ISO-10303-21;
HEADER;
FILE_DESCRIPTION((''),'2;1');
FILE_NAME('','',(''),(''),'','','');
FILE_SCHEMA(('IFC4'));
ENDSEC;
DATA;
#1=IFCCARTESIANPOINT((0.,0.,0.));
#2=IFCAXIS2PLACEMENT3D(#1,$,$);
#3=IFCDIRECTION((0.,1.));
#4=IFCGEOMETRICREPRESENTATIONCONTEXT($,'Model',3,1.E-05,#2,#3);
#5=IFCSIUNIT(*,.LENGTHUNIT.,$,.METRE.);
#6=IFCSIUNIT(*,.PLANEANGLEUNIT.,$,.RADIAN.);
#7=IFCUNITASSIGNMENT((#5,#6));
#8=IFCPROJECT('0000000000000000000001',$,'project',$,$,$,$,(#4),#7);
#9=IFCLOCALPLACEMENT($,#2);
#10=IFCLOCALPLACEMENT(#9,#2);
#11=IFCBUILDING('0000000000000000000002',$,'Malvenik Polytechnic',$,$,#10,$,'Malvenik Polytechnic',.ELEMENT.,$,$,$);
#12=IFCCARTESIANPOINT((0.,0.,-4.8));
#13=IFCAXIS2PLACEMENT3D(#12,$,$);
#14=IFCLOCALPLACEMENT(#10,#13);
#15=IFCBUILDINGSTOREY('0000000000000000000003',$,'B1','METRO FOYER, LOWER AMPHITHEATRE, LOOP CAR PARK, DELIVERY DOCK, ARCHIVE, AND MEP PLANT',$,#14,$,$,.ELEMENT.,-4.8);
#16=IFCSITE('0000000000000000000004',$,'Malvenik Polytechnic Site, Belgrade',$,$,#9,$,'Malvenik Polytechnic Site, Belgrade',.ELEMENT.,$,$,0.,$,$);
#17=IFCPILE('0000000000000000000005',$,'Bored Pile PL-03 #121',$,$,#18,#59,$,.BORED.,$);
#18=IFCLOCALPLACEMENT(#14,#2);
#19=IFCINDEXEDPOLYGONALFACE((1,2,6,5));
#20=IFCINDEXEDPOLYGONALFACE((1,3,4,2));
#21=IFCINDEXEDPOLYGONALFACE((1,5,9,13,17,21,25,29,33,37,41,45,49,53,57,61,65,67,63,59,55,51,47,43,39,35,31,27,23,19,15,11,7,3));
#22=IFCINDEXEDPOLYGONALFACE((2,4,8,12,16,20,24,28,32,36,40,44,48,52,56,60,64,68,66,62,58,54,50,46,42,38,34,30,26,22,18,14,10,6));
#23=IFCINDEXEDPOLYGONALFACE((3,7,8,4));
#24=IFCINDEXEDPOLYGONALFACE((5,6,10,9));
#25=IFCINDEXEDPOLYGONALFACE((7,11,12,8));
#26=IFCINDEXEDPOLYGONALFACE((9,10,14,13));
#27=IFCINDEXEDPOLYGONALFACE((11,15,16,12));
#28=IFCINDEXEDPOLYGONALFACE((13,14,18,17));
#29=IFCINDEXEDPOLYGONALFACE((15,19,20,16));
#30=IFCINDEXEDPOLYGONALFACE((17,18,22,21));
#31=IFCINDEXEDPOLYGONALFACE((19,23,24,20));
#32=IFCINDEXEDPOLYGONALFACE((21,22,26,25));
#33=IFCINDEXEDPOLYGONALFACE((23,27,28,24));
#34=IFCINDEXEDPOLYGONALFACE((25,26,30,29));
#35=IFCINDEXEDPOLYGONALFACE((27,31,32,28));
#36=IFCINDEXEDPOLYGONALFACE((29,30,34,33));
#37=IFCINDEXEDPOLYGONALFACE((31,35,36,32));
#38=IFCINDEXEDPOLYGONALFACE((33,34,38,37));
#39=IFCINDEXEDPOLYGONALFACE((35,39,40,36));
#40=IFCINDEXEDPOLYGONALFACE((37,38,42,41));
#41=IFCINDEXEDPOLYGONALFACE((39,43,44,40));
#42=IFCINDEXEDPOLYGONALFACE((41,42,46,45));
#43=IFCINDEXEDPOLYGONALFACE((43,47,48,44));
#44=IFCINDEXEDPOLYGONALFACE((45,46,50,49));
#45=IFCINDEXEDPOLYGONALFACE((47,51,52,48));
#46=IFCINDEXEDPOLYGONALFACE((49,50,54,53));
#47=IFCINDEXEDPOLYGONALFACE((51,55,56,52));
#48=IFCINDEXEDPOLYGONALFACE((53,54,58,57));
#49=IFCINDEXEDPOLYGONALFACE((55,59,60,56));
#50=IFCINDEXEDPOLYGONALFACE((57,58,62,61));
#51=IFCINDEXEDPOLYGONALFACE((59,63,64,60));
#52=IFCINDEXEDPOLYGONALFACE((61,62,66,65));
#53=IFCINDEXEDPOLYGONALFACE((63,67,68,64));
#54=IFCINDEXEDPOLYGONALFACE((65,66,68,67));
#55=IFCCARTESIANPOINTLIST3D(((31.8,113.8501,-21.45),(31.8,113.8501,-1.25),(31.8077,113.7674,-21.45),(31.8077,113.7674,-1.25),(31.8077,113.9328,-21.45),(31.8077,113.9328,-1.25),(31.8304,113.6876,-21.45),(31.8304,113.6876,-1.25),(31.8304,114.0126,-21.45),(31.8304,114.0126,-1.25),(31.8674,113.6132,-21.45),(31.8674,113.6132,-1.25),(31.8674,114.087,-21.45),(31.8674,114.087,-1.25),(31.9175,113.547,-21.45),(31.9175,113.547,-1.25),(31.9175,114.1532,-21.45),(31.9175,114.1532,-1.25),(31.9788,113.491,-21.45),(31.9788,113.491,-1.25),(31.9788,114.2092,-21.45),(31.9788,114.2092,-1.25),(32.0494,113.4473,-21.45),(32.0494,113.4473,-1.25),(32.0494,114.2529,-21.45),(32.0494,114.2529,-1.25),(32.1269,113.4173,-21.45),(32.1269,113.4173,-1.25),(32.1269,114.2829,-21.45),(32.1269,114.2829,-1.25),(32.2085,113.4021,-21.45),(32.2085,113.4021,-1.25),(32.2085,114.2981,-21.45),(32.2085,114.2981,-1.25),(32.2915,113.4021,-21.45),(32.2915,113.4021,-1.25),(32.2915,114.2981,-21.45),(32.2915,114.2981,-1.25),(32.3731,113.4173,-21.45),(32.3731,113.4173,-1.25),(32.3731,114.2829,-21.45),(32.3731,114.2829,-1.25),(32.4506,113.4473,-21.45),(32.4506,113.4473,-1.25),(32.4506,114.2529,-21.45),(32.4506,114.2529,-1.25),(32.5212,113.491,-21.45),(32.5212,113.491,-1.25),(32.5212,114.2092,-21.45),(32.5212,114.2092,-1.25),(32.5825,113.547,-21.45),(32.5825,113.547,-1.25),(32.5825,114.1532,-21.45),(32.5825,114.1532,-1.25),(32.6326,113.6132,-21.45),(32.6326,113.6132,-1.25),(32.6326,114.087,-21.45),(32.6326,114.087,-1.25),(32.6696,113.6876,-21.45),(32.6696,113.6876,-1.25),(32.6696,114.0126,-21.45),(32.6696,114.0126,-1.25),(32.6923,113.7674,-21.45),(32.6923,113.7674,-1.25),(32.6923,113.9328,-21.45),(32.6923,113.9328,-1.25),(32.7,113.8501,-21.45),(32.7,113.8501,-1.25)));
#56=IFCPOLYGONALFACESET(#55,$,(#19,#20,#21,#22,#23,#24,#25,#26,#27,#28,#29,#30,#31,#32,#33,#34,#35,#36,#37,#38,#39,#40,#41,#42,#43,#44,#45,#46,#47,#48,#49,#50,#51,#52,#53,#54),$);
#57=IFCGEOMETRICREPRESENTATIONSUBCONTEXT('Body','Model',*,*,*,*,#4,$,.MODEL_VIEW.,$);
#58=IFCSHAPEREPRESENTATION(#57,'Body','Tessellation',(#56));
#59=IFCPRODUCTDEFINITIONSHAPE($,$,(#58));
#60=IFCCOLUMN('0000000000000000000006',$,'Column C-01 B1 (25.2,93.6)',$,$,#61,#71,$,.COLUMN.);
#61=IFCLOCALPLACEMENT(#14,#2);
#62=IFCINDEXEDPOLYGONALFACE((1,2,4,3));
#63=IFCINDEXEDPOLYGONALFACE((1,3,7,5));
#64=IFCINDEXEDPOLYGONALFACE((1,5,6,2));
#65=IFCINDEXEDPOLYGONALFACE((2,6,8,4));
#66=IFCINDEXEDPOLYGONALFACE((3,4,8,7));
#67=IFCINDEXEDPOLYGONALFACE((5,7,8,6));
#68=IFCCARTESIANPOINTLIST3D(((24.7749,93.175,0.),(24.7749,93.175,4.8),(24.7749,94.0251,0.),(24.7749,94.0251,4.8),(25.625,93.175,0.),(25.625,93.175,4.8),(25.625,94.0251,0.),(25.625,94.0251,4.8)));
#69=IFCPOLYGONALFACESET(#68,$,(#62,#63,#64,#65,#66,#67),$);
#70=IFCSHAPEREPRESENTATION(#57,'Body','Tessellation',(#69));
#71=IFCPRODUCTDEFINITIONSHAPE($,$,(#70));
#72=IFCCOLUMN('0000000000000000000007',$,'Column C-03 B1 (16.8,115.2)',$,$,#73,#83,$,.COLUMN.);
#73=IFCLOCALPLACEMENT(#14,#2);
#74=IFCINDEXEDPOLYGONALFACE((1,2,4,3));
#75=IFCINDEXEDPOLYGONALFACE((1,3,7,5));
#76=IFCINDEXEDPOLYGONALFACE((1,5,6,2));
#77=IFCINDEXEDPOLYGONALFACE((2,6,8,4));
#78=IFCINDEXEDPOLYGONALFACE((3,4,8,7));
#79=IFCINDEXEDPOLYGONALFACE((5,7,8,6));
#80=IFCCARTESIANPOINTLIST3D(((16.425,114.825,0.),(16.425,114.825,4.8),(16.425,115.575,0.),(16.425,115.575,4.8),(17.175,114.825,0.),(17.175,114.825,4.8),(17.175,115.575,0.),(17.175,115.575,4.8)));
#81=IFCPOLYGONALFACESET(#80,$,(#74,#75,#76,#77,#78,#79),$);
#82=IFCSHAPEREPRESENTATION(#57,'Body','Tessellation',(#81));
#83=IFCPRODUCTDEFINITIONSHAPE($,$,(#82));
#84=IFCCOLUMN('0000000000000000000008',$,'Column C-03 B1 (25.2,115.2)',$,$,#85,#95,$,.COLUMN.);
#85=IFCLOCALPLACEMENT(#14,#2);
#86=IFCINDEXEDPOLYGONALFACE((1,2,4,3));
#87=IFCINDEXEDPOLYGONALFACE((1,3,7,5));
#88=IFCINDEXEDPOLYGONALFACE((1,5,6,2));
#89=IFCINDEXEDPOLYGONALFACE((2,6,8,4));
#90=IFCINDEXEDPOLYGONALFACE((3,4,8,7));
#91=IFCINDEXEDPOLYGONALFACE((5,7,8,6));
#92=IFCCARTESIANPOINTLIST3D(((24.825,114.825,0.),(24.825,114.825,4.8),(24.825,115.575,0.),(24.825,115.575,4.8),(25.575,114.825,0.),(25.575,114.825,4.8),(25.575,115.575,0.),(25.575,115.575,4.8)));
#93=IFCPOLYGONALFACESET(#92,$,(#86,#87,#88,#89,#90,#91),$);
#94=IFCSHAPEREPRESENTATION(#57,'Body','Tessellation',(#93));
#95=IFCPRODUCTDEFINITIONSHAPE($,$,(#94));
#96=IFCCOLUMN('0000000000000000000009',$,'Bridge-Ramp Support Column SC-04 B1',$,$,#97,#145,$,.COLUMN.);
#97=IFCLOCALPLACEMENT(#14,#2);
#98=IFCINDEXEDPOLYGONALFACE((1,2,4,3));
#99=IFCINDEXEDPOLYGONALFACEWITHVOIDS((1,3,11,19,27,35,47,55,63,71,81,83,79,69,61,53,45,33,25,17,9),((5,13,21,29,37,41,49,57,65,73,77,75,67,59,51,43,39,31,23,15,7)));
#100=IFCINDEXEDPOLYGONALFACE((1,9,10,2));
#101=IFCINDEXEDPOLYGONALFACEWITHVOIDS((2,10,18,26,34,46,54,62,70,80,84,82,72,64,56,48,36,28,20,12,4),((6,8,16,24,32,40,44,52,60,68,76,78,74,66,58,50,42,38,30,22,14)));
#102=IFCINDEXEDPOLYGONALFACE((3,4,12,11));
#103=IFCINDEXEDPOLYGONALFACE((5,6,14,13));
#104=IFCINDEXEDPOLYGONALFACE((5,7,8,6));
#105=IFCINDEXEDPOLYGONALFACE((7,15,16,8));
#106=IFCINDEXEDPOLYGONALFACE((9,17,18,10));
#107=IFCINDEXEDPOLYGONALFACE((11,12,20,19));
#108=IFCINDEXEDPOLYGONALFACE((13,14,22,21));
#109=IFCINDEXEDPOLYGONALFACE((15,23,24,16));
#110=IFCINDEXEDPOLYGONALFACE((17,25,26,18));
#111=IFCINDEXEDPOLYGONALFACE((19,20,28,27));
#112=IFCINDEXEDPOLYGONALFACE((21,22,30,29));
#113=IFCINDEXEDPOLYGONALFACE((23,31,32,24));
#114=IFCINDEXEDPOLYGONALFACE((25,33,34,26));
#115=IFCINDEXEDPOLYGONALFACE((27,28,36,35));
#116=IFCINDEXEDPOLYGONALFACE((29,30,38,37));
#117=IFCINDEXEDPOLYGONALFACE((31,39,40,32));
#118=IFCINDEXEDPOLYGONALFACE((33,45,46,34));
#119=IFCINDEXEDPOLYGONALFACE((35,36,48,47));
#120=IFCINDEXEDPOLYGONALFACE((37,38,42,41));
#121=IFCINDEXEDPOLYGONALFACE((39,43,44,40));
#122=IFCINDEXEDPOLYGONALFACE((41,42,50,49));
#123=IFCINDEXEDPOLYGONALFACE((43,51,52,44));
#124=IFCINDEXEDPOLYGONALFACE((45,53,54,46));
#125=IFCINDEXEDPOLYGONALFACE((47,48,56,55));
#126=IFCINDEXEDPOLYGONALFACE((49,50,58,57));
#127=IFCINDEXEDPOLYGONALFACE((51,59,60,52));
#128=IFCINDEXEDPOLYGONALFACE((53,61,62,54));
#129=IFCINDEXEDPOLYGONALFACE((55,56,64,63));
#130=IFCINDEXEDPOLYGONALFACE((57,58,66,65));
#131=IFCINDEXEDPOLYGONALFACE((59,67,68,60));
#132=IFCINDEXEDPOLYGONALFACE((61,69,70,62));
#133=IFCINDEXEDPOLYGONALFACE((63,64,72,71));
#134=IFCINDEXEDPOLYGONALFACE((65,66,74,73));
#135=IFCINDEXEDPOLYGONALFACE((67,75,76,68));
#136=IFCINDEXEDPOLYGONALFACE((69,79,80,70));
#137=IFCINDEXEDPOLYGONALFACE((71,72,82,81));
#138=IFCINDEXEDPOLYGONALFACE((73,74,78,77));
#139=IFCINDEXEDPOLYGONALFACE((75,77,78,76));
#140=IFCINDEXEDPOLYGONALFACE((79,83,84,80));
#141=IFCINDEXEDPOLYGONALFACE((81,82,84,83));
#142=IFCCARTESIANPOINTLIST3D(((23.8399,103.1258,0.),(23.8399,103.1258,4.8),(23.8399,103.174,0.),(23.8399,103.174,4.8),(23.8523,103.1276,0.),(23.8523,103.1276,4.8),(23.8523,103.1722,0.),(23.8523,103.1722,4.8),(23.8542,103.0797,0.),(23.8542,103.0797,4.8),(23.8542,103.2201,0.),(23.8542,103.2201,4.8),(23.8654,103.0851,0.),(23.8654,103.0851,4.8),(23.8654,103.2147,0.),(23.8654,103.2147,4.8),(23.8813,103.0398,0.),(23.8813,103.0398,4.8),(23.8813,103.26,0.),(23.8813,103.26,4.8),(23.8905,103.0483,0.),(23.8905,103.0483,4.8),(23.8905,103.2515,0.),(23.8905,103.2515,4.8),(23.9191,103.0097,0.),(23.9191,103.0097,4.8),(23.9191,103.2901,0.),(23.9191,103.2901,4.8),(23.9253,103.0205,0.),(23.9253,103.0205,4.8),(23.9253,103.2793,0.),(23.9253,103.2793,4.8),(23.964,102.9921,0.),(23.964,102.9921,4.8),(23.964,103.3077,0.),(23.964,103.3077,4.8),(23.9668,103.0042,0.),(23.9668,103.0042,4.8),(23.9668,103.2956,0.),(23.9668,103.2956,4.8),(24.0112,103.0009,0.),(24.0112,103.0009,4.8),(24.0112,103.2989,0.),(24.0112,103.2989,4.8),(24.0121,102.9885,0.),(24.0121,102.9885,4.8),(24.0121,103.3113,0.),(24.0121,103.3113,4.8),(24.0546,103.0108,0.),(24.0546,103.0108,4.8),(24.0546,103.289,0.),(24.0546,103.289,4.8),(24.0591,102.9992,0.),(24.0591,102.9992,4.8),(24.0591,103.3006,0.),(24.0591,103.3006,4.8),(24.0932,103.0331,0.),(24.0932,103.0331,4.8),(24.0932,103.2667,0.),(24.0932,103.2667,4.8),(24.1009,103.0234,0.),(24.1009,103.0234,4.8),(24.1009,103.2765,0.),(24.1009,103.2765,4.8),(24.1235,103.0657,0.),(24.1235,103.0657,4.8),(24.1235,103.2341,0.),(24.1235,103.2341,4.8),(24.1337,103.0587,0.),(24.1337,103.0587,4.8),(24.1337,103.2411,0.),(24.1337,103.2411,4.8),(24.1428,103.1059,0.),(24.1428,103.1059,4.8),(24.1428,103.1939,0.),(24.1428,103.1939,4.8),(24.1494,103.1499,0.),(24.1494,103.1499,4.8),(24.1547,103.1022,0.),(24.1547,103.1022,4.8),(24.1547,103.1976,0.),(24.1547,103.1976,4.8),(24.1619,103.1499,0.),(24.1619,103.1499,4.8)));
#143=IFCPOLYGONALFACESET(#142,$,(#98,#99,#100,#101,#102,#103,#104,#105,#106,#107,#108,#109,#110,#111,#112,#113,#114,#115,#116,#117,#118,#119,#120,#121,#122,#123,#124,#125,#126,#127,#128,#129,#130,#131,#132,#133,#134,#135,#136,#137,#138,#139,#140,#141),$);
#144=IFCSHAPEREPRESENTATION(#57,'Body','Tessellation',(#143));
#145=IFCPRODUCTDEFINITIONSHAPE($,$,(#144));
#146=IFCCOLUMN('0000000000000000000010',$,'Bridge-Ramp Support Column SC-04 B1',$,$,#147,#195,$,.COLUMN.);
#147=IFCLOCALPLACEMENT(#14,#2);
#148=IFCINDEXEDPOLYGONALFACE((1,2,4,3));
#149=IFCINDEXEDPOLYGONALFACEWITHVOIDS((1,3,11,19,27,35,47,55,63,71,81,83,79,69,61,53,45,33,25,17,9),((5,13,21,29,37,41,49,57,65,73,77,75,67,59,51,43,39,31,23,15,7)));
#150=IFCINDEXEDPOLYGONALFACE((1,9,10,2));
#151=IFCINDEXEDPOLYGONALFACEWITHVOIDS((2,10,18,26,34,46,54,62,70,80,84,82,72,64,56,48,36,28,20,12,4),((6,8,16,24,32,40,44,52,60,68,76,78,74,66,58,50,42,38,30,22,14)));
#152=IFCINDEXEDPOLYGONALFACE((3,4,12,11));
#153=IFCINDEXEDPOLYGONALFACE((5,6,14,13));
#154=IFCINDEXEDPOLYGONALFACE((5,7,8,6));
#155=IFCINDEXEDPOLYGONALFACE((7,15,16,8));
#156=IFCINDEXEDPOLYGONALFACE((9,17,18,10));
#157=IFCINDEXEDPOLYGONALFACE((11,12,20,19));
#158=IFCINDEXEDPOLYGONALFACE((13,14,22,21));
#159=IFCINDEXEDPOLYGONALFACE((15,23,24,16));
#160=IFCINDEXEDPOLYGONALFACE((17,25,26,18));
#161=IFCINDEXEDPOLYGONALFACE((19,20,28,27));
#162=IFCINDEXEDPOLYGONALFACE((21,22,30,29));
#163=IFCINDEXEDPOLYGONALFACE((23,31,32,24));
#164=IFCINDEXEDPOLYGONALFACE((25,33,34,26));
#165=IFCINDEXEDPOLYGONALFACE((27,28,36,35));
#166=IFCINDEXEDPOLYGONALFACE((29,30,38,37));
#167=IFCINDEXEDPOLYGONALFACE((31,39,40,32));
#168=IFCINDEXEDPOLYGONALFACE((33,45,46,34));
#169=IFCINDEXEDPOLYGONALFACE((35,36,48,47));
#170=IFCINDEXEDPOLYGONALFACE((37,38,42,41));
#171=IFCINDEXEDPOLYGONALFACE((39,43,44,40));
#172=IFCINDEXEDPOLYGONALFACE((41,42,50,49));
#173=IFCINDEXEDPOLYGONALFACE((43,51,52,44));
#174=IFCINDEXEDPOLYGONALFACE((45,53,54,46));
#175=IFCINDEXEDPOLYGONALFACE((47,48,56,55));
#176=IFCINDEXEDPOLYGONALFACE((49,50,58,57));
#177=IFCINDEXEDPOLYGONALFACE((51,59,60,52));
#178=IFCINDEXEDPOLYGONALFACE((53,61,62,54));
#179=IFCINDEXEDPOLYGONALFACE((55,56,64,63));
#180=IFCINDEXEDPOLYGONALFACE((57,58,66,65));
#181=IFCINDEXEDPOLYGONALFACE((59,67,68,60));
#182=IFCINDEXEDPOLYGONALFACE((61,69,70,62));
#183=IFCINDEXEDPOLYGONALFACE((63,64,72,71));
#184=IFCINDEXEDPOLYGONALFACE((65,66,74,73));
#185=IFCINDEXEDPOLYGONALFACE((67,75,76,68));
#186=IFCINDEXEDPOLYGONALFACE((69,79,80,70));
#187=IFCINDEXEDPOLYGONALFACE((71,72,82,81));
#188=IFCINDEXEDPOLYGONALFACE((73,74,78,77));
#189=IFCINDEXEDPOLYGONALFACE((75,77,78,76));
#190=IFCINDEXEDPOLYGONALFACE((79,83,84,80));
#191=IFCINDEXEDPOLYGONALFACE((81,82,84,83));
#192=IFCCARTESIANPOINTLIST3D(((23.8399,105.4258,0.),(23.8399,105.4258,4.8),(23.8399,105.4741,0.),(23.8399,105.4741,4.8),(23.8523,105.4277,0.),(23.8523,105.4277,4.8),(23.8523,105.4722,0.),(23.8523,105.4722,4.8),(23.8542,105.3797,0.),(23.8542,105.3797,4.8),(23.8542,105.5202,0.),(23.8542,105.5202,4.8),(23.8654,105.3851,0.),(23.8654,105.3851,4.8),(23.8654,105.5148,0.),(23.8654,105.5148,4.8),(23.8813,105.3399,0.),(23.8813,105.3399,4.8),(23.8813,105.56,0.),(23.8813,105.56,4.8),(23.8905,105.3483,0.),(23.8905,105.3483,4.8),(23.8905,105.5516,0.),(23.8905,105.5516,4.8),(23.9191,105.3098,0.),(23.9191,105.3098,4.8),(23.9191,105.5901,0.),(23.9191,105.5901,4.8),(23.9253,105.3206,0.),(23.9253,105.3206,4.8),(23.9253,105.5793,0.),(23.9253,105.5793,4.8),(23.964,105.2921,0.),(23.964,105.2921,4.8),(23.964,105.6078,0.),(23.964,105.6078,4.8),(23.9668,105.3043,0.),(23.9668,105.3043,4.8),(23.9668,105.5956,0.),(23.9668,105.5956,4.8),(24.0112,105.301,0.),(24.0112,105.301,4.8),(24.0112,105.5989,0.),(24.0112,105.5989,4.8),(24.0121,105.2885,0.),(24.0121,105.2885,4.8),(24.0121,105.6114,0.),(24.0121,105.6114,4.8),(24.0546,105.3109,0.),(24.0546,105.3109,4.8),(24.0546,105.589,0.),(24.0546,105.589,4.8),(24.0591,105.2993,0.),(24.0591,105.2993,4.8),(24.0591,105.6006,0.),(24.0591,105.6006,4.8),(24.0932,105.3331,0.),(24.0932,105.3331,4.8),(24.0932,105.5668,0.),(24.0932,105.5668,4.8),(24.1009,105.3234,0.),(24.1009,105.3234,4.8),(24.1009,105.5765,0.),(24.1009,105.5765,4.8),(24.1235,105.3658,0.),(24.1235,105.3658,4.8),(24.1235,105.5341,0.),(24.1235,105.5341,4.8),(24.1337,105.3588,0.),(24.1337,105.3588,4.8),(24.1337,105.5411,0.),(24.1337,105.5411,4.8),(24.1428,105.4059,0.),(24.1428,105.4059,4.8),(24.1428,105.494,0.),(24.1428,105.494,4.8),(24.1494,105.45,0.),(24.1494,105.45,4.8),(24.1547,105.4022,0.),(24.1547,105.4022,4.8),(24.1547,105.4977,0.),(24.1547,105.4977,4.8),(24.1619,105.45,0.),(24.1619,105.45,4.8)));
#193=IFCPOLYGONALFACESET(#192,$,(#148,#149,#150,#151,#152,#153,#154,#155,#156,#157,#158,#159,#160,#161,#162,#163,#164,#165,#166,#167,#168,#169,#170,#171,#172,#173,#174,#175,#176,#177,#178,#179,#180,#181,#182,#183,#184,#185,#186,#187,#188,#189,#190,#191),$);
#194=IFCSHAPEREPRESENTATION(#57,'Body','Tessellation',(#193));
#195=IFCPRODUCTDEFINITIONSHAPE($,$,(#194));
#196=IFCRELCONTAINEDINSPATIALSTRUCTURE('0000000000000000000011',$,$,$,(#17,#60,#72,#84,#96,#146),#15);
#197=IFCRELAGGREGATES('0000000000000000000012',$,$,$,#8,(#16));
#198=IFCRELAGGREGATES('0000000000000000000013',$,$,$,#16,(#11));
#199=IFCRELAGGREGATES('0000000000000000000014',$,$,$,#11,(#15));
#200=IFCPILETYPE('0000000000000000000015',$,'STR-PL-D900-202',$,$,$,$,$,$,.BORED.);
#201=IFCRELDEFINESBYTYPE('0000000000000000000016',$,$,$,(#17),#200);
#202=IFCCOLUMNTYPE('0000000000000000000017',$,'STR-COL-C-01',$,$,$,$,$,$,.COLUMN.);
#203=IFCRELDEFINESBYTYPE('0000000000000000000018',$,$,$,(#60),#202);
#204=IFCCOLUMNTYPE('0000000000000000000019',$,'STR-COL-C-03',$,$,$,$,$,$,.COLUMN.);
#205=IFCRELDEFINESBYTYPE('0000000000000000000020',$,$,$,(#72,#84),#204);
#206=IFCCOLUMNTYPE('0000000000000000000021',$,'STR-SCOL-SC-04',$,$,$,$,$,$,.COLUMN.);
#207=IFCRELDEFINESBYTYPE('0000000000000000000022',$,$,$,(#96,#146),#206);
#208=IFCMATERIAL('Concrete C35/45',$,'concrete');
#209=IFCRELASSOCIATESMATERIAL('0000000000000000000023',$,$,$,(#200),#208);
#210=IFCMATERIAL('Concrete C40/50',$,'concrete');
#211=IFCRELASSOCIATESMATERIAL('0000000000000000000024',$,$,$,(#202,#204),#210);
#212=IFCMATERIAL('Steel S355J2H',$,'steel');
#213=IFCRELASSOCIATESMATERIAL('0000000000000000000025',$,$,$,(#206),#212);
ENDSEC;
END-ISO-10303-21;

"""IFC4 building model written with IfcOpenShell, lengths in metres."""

from ifc_helpers import new_model, si_unit, direction, frame, origin, origin_2d, place, context, subcontext, project, spatial, rectangle, circle, hollow_circle, extrude, material, material_profile, profile_set, type_object, element, save


model = new_model("IFC4")

# Units and contexts
model_context = context("Model", 3, precision=1e-05, world=origin(), true_north=direction((0.0, 1.0)))
body_context = subcontext(model_context, "Body", "Model", "MODEL_VIEW")
ifc_project = project(units=[si_unit("LENGTHUNIT", "METRE"), si_unit("PLANEANGLEUNIT", "RADIAN")], contexts=[model_context])

# Site, building, storey
site_placement = place(None, origin())
site = spatial("IfcSite", under=ifc_project, at=site_placement, Name="Malvenik Polytechnic Site, Belgrade", LongName="Malvenik Polytechnic Site, Belgrade", CompositionType="ELEMENT", RefElevation=0.0)
building_placement = place(site_placement, origin())
building = spatial("IfcBuilding", under=site, at=building_placement, Name="Malvenik Polytechnic", LongName="Malvenik Polytechnic", CompositionType="ELEMENT")
storey_placement = place(building_placement, frame((0.0, 0.0, -4.8)))
storey = spatial("IfcBuildingStorey", under=building, at=storey_placement, Name="B1", Description="METRO FOYER, LOWER AMPHITHEATRE, LOOP CAR PARK, DELIVERY DOCK, ARCHIVE, AND MEP PLANT", CompositionType="ELEMENT", Elevation=-4.8)

# Shared definitions
ifc_material_1 = material(Name="Concrete C35/45", Category="concrete")

# Pile
ifc_material_profile_1 = material_profile(ifc_material_1, circle(Radius=0.45, at=origin_2d()), Name="BORED PILE D900")
ifc_profile_set_1 = profile_set([ifc_material_profile_1], Name="Concrete C35/45")
pile_type = type_object("IfcPileType", Name="STR-PL-D900-202", PredefinedType="BORED", material=ifc_profile_set_1)
for number, where, z_axis, x_axis, name in (
    (1, (32.25, 113.8501, -1.25), (0.0, 0.0, -1.0), (1.0, 0.0, 0.0), "Bored Pile PL-03 #121"),
):
    element("IfcPile", number, at=place(storey_placement, frame(where, z_axis=z_axis, x_axis=x_axis)), inside=storey, type_object=pile_type, Name=name, PredefinedType="BORED", context=body_context, shape_type="SweptSolid", body=[
        extrude(circle(Radius=0.45, at=origin_2d()), origin(), (0.0, 0.0, 1.0), 20.2),
    ])

# Columns
ifc_material_2 = material(Name="Concrete C40/50", Category="concrete")
ifc_material_profile_2 = material_profile(ifc_material_2, rectangle(XDim=0.8501, YDim=0.8501, at=origin_2d()), Name="RC COL 850x850")
ifc_profile_set_2 = profile_set([ifc_material_profile_2], Name="Concrete C40/50")
column_type_1 = type_object("IfcColumnType", Name="STR-COL-C-01", PredefinedType="COLUMN", material=ifc_profile_set_2)
column_placement = place(storey_placement, frame((25.2, 93.6001, 0.0), z_axis=(0.0, 0.0, 1.0), x_axis=(1.0, 0.0, 0.0)))
element("IfcColumn", 2, at=column_placement, inside=storey, type_object=column_type_1, Name="Column C-01 B1 (25.2,93.6)", PredefinedType="COLUMN", context=body_context, shape_type="SweptSolid", body=[
    extrude(rectangle(XDim=0.8501, YDim=0.8501, at=origin_2d()), origin(), (0.0, 0.0, 1.0), 4.8),
])
ifc_material_profile_3 = material_profile(ifc_material_2, rectangle(XDim=0.75, YDim=0.75, at=origin_2d()), Name="RC COL 750x750")
ifc_profile_set_3 = profile_set([ifc_material_profile_3], Name="Concrete C40/50")
column_type_2 = type_object("IfcColumnType", Name="STR-COL-C-03", PredefinedType="COLUMN", material=ifc_profile_set_3)
for number, where, z_axis, x_axis, name in (
    (3, (16.8, 115.2, 0.0), (0.0, 0.0, 1.0), (1.0, 0.0, 0.0), "Column C-03 B1 (16.8,115.2)"),
    (4, (25.2, 115.2, 0.0), (0.0, 0.0, 1.0), (1.0, 0.0, 0.0), "Column C-03 B1 (25.2,115.2)"),
):
    element("IfcColumn", number, at=place(storey_placement, frame(where, z_axis=z_axis, x_axis=x_axis)), inside=storey, type_object=column_type_2, Name=name, PredefinedType="COLUMN", context=body_context, shape_type="SweptSolid", body=[
        extrude(rectangle(XDim=0.75, YDim=0.75, at=origin_2d()), origin(), (0.0, 0.0, 1.0), 4.8),
    ])
ifc_material_3 = material(Name="Steel S355J2H", Category="steel")
ifc_material_profile_4 = material_profile(ifc_material_3, hollow_circle(Radius=0.1619, WallThickness=0.0125, at=origin_2d()), Name="CHS 323.9x12.5")
ifc_profile_set_4 = profile_set([ifc_material_profile_4], Name="Steel S355J2H")
column_type_3 = type_object("IfcColumnType", Name="STR-SCOL-SC-04", PredefinedType="COLUMN", material=ifc_profile_set_4)
for number, where, z_axis, x_axis, name in (
    (5, (24.0, 103.1499, 0.0), (0.0, 0.0, 1.0), (1.0, 0.0, 0.0), "Bridge-Ramp Support Column SC-04 B1"),
    (6, (24.0, 105.45, 0.0), (0.0, 0.0, 1.0), (1.0, 0.0, 0.0), "Bridge-Ramp Support Column SC-04 B1"),
):
    element("IfcColumn", number, at=place(storey_placement, frame(where, z_axis=z_axis, x_axis=x_axis)), inside=storey, type_object=column_type_3, Name=name, PredefinedType="COLUMN", context=body_context, shape_type="SweptSolid", body=[
        extrude(hollow_circle(Radius=0.1619, WallThickness=0.0125, at=origin_2d()), origin(), (0.0, 0.0, 1.0), 4.8),
    ])

save(model, "model.ifc")
